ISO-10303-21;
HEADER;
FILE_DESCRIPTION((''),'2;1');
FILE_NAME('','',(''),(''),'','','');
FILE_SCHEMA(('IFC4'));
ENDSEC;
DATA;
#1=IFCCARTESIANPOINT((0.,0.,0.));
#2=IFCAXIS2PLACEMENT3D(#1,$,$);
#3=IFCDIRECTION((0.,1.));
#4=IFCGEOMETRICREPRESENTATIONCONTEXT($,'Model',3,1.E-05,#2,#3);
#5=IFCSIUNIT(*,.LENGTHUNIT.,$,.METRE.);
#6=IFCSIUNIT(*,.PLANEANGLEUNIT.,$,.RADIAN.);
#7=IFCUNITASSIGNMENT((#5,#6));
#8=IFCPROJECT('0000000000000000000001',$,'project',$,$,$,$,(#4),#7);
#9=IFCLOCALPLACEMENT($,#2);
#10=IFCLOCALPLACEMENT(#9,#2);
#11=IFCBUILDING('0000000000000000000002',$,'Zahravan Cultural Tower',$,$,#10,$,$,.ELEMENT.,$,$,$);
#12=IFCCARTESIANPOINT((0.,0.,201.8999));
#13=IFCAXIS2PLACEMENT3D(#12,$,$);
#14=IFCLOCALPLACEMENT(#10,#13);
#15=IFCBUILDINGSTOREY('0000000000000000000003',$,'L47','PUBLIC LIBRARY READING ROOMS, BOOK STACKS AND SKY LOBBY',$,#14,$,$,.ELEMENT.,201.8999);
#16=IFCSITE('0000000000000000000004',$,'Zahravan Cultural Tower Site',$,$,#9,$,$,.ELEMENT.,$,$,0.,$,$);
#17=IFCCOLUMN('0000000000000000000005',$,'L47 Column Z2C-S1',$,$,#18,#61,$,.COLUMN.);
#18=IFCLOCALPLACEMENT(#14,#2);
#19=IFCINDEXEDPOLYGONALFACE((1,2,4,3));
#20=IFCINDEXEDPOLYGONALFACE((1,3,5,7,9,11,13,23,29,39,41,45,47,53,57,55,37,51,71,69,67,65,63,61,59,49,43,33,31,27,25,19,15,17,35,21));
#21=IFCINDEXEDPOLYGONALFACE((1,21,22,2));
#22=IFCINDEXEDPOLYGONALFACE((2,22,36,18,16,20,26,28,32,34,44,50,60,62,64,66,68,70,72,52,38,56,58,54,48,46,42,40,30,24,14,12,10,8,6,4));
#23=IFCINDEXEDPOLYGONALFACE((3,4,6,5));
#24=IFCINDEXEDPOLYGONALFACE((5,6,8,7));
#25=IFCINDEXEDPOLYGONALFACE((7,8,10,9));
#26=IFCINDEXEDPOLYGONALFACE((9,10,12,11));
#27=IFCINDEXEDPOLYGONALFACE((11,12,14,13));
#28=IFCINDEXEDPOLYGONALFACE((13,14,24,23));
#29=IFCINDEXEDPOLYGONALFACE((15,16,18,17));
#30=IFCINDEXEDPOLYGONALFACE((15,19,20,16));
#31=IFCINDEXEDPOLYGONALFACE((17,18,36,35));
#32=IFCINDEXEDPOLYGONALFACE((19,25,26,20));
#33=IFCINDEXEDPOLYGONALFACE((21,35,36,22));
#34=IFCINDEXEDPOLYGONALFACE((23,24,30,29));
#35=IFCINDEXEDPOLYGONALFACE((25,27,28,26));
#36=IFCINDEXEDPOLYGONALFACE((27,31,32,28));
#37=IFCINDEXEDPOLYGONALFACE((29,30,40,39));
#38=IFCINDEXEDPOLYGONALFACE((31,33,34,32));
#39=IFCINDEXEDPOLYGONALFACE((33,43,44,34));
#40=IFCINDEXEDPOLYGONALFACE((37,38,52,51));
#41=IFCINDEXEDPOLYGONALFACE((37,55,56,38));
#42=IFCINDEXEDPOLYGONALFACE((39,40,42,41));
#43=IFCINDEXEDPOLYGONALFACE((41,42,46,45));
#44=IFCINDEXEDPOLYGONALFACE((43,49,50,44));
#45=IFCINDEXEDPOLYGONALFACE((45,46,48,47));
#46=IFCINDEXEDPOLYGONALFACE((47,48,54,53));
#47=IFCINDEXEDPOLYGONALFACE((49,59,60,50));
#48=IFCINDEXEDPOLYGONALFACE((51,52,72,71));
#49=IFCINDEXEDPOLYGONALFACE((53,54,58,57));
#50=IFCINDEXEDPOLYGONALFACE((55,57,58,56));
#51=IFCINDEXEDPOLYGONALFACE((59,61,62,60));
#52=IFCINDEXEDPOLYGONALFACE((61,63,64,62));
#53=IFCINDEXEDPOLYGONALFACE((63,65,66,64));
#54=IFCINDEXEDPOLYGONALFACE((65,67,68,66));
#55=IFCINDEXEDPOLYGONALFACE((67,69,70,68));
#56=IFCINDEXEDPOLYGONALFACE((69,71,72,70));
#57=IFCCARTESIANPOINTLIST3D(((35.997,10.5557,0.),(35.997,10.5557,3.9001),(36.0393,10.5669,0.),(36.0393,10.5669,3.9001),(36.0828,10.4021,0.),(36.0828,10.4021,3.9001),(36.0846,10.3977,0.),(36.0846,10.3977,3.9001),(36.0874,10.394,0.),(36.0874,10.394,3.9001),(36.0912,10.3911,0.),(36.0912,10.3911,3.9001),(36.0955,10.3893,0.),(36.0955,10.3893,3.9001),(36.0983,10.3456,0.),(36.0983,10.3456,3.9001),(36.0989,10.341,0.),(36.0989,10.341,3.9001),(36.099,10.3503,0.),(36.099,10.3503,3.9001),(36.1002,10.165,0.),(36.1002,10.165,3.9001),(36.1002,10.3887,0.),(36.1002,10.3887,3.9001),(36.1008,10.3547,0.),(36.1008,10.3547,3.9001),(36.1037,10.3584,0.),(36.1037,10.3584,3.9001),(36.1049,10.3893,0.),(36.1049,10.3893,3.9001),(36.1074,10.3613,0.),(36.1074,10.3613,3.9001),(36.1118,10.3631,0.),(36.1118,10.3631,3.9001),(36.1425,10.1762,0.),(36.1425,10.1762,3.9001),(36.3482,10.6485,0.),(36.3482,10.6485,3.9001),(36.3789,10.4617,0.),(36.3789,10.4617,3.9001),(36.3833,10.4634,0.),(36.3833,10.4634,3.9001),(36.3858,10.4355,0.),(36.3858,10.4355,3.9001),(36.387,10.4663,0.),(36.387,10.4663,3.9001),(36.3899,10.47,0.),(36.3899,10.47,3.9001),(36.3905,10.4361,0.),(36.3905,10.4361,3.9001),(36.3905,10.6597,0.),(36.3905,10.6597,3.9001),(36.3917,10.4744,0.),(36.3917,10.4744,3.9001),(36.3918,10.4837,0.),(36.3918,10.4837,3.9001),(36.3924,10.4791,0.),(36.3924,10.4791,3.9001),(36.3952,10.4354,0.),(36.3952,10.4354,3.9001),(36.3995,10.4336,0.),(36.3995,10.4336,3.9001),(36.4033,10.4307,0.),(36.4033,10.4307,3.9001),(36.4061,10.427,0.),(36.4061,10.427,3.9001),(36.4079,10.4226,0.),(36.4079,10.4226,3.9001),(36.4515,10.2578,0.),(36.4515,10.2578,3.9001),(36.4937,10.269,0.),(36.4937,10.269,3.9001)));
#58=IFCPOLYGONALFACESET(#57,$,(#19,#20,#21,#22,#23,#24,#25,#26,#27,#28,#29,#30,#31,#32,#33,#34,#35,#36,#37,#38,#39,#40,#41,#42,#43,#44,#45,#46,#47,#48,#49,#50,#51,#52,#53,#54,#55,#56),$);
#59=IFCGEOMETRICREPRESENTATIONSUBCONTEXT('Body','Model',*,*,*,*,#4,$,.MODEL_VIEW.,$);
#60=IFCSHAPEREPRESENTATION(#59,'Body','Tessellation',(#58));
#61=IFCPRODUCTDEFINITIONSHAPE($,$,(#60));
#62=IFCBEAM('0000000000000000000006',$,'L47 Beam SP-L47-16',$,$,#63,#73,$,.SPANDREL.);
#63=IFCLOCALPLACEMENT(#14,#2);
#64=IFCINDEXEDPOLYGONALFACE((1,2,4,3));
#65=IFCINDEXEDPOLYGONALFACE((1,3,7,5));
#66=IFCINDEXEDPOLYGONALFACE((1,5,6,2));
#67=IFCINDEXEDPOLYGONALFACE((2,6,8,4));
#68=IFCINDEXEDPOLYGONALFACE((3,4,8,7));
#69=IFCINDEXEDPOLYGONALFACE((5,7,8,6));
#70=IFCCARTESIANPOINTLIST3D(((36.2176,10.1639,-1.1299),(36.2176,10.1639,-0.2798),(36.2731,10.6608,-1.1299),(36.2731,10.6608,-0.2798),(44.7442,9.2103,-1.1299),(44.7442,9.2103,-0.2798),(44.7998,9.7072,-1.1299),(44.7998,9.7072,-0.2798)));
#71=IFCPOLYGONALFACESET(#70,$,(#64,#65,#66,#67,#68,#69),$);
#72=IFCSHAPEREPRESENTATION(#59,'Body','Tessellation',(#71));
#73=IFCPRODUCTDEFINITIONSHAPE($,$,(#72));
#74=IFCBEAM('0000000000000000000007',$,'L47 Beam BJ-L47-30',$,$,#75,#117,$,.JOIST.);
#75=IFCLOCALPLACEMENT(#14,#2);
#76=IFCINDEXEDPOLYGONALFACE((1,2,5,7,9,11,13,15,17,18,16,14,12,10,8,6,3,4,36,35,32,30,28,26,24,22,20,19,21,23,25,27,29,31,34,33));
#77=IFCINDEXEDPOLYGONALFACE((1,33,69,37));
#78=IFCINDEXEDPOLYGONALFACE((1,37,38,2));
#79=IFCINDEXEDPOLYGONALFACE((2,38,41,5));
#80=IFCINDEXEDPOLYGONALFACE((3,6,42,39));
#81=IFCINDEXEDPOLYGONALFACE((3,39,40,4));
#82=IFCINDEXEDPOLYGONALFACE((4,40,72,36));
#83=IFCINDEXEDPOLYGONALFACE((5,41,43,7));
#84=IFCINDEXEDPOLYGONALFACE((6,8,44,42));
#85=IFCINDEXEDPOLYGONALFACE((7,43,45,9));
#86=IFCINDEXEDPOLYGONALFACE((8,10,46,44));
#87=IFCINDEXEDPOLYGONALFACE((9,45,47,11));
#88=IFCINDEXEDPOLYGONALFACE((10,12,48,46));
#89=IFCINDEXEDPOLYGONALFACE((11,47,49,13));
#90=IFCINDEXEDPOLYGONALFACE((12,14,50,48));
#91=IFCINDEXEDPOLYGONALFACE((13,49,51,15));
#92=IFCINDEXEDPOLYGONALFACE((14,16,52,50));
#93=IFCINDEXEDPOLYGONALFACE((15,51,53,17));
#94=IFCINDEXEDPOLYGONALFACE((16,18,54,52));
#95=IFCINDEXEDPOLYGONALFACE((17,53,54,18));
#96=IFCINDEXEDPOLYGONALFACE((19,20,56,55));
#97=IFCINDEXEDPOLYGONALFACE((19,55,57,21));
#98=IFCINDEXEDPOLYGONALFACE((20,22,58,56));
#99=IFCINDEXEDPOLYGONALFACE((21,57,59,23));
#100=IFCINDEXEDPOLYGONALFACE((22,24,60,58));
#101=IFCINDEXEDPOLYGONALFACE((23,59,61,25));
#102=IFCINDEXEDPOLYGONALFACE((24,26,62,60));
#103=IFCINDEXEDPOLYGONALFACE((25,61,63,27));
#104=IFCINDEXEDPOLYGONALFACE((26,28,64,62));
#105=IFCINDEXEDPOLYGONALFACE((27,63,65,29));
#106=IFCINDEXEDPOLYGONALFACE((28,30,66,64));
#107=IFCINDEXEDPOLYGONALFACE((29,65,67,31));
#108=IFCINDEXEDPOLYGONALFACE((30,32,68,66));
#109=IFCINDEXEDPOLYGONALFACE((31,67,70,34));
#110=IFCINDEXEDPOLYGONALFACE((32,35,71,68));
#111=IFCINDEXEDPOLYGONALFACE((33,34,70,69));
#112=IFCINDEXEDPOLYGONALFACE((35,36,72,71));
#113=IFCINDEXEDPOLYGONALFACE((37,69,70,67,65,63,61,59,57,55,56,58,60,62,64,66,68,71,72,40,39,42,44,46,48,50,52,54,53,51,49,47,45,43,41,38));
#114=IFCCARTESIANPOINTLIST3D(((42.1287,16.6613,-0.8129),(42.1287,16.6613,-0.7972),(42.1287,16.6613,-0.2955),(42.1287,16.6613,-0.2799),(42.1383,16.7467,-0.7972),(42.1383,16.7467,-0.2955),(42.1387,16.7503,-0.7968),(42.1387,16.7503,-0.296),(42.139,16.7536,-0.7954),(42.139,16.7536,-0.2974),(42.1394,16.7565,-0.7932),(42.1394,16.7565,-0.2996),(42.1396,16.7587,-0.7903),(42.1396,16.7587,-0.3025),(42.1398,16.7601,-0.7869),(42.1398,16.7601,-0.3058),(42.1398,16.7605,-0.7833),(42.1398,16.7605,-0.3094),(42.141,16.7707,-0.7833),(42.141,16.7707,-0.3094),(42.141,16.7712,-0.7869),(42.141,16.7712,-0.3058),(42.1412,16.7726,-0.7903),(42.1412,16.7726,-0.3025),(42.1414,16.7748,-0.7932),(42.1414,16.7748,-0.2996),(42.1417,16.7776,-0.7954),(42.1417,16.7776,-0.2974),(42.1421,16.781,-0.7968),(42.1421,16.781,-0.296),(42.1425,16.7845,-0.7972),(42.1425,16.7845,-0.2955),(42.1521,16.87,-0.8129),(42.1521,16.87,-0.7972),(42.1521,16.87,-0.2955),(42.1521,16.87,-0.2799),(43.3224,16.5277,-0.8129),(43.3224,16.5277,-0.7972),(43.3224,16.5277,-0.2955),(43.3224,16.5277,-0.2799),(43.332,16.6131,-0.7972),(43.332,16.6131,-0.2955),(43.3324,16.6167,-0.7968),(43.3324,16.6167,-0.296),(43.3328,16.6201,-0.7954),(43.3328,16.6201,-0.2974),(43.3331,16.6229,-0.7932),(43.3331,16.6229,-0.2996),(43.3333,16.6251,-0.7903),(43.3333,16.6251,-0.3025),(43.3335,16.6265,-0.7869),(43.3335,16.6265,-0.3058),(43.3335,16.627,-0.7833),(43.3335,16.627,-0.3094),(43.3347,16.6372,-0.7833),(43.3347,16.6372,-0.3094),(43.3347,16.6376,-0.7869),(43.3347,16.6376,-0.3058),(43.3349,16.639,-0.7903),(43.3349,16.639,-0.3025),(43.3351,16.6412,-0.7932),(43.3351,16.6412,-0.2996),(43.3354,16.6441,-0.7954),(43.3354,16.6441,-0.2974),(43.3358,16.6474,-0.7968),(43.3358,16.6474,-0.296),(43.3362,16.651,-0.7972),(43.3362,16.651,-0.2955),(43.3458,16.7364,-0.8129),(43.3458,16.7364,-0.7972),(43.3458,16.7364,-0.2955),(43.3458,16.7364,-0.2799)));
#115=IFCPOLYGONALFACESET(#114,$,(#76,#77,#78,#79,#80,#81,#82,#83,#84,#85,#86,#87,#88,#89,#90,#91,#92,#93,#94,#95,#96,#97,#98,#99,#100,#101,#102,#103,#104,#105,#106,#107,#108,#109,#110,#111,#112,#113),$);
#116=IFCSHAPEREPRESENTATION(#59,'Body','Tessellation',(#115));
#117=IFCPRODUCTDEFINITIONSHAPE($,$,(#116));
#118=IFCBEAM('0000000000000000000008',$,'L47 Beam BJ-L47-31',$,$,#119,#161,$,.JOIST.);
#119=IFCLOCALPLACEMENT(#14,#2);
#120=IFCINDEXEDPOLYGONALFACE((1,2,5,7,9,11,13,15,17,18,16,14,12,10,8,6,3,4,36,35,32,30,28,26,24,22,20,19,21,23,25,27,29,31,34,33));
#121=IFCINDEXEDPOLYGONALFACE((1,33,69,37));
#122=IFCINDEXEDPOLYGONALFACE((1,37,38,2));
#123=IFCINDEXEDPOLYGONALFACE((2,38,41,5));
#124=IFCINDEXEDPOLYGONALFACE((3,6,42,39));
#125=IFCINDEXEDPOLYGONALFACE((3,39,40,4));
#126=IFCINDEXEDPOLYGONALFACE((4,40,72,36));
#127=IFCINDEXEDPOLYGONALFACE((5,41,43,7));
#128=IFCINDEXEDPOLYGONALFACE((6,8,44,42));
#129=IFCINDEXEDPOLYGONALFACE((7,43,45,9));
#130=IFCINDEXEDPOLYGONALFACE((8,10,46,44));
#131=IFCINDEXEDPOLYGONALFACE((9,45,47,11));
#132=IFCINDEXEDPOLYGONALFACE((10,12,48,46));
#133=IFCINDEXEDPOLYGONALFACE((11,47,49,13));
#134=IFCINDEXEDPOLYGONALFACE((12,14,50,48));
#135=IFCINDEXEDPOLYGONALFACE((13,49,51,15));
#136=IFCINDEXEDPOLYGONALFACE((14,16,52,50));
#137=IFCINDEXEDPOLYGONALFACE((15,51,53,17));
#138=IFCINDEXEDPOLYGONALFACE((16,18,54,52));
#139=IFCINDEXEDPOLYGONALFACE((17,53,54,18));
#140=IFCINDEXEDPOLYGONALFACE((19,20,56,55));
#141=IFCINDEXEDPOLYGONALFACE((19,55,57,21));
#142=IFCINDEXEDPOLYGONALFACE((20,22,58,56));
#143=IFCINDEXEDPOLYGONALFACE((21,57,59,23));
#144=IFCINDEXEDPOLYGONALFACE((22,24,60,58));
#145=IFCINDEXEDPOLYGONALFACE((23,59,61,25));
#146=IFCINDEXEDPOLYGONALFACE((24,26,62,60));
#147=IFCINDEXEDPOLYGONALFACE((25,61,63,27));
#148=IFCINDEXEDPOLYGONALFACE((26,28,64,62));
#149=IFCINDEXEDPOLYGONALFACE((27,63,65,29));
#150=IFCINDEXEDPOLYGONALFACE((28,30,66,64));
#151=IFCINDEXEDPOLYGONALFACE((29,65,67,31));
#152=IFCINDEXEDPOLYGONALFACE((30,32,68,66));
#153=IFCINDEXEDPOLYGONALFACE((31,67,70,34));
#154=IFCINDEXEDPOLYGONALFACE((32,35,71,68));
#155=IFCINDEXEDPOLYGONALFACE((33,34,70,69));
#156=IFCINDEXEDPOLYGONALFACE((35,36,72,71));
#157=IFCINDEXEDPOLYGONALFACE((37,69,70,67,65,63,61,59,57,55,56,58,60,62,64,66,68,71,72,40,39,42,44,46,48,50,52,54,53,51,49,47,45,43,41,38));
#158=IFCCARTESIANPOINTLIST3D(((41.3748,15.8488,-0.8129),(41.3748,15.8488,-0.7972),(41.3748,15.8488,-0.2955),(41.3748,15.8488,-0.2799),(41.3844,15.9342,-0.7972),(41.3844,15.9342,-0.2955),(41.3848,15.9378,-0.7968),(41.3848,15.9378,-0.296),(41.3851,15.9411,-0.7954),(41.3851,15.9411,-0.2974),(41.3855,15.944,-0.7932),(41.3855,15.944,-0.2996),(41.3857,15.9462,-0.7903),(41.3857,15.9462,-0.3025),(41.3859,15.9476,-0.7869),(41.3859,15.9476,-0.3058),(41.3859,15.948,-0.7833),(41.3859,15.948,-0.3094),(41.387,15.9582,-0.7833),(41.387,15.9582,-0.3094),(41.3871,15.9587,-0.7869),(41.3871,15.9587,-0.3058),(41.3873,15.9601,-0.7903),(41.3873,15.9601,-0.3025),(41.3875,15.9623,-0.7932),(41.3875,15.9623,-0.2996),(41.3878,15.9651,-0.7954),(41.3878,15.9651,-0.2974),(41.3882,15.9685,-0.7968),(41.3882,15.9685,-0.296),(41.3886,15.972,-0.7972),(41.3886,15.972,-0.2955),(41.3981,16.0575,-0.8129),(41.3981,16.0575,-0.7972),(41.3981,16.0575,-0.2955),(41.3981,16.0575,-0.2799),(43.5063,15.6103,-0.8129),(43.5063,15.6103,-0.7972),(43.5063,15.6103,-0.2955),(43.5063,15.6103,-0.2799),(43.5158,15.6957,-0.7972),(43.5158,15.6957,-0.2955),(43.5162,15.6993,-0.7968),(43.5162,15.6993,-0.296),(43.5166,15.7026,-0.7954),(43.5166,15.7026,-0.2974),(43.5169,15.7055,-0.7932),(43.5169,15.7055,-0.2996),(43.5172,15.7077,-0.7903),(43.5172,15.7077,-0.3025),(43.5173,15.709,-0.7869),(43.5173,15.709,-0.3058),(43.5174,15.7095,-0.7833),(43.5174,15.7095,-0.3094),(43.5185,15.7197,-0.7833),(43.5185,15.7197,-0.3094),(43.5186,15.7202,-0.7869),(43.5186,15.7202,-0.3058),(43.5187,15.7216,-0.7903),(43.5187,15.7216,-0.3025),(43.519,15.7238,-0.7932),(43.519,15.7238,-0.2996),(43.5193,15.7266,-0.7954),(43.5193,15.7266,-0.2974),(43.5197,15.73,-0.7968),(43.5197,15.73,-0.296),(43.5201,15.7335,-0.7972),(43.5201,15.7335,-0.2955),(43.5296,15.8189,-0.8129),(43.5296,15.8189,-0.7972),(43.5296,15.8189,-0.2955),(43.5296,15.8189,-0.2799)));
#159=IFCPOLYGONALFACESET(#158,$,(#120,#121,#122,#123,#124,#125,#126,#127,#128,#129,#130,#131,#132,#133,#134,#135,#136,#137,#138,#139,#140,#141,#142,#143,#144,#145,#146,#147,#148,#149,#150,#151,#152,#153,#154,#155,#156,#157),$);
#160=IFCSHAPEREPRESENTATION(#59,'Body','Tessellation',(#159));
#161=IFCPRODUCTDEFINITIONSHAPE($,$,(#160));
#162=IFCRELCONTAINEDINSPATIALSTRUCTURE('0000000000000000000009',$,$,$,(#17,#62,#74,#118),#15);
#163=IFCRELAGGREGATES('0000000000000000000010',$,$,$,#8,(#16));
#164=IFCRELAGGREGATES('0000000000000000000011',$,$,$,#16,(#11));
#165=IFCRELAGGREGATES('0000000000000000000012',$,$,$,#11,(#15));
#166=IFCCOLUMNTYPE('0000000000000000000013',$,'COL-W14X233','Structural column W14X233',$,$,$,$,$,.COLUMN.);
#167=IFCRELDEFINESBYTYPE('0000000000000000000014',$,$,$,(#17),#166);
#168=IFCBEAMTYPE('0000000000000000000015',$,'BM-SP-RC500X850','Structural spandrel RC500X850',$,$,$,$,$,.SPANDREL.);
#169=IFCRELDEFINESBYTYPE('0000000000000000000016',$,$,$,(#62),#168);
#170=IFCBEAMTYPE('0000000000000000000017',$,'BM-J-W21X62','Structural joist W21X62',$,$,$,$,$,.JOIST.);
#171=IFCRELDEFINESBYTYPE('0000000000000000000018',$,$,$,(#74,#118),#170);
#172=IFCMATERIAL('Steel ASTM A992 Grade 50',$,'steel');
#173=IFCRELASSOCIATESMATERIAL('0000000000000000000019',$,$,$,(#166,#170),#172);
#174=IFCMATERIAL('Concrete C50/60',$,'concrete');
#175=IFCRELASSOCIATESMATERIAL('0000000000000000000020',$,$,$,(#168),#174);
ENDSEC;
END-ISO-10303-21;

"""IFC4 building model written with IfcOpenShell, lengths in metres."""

from ifc_helpers import new_model, si_unit, direction, frame, origin, origin_2d, place, context, subcontext, project, spatial, rectangle, i_section, extrude, source, transform, mapped, material, material_profile, profile_set, type_object, element, save


model = new_model("IFC4")

# Units and contexts
model_context = context("Model", 3, precision=1e-05, world=origin(), true_north=direction((0.0, 1.0)))
body_context = subcontext(model_context, "Body", "Model", "MODEL_VIEW")
ifc_project = project(units=[si_unit("LENGTHUNIT", "METRE"), si_unit("PLANEANGLEUNIT", "RADIAN")], contexts=[model_context])

# Site, building, storey
site_placement = place(None, origin())
site = spatial("IfcSite", under=ifc_project, at=site_placement, Name="Zahravan Cultural Tower Site", CompositionType="ELEMENT", RefElevation=0.0)
building_placement = place(site_placement, origin())
building = spatial("IfcBuilding", under=site, at=building_placement, Name="Zahravan Cultural Tower", CompositionType="ELEMENT")
storey_placement = place(building_placement, frame((0.0, 0.0, 201.8999)))
storey = spatial("IfcBuildingStorey", under=building, at=storey_placement, Name="L47", Description="PUBLIC LIBRARY READING ROOMS, BOOK STACKS AND SKY LOBBY", CompositionType="ELEMENT", Elevation=201.8999)

# Column
ifc_material_1 = material(Name="Steel ASTM A992 Grade 50", Category="steel")
ifc_material_profile_1 = material_profile(ifc_material_1, i_section(OverallWidth=0.4041, OverallDepth=0.407, WebThickness=0.0271, FlangeThickness=0.0437, FilletRadius=0.0181, at=origin_2d()), Name="W14X233")
ifc_profile_set_1 = profile_set([ifc_material_profile_1], Name="Steel ASTM A992 Grade 50")
column_type = type_object("IfcColumnType", Name="COL-W14X233", Description="Structural column W14X233", PredefinedType="COLUMN", material=ifc_profile_set_1)
shared_shape_1 = source(origin(), body_context, "Body", "SweptSolid", [
    extrude(i_section(OverallWidth=0.4041, OverallDepth=0.407, WebThickness=0.0271, FlangeThickness=0.0437, FilletRadius=0.0181, at=origin_2d()), origin(), (0.0, 0.0, 1.0), 3.9001),
])
column_placement = place(storey_placement, frame((36.2454, 10.4124, 0.0), z_axis=(0.0, 0.0, 1.0), x_axis=(-0.255446, 0.966823, 0.0)))
element("IfcColumn", 1, at=column_placement, inside=storey, type_object=column_type, Name="L47 Column Z2C-S1", PredefinedType="COLUMN", context=body_context, shape_type="MappedRepresentation", body=[
    mapped(shared_shape_1, transform((0.0, 0.0, 0.0), x_axis=(1.0, 0.0, 0.0), y_axis=(0.0, 1.0, 0.0), z_axis=(0.0, 0.0, 1.0), scale=1.0)),
])

# Beams
ifc_material_2 = material(Name="Concrete C50/60", Category="concrete")
ifc_material_profile_2 = material_profile(ifc_material_2, rectangle(XDim=0.5, YDim=0.8501, at=origin_2d()), Name="RC500X850")
ifc_profile_set_2 = profile_set([ifc_material_profile_2], Name="Concrete C50/60")
beam_type_1 = type_object("IfcBeamType", Name="BM-SP-RC500X850", Description="Structural spandrel RC500X850", PredefinedType="SPANDREL", material=ifc_profile_set_2)
shared_shape_2 = source(origin(), body_context, "Body", "SweptSolid", [
    extrude(rectangle(XDim=0.5, YDim=0.8501, at=origin_2d()), origin(), (0.0, 0.0, 1.0), 8.5798),
])
beam_1_placement = place(storey_placement, frame((36.2454, 10.4124, -0.7048), z_axis=(0.993804, -0.111147, 0.0), x_axis=(0.111147, 0.993804, 0.0)))
element("IfcBeam", 2, at=beam_1_placement, inside=storey, type_object=beam_type_1, Name="L47 Beam SP-L47-16", PredefinedType="SPANDREL", context=body_context, shape_type="MappedRepresentation", body=[
    mapped(shared_shape_2, transform((0.0, 0.0, 0.0), x_axis=(1.0, 0.0, 0.0), y_axis=(0.0, 1.0, 0.0), z_axis=(0.0, 0.0, 1.0), scale=1.0)),
])
ifc_material_profile_3 = material_profile(ifc_material_1, i_section(OverallWidth=0.21, OverallDepth=0.533, WebThickness=0.0103, FlangeThickness=0.0156, FilletRadius=0.0139, at=origin_2d()), Name="W21X62")
ifc_profile_set_3 = profile_set([ifc_material_profile_3], Name="Steel ASTM A992 Grade 50")
beam_type_2 = type_object("IfcBeamType", Name="BM-J-W21X62", Description="Structural joist W21X62", PredefinedType="JOIST", material=ifc_profile_set_3)
shared_shape_3 = source(origin(), body_context, "Body", "SweptSolid", [
    extrude(i_section(OverallWidth=0.21, OverallDepth=0.533, WebThickness=0.0103, FlangeThickness=0.0156, FilletRadius=0.0139, at=origin_2d()), origin(), (0.0, 0.0, 1.0), 1.2012),
])
beam_2_placement = place(storey_placement, frame((42.1404, 16.7656, -0.5464), z_axis=(0.993799, -0.11119, 0.0), x_axis=(0.11119, 0.993799, 0.0)))
element("IfcBeam", 3, at=beam_2_placement, inside=storey, type_object=beam_type_2, Name="L47 Beam BJ-L47-30", PredefinedType="JOIST", context=body_context, shape_type="MappedRepresentation", body=[
    mapped(shared_shape_3, transform((0.0, 0.0, 0.0), x_axis=(1.0, 0.0, 0.0), y_axis=(0.0, 1.0, 0.0), z_axis=(0.0, 0.0, 1.0), scale=1.0)),
])
shared_shape_4 = source(origin(), body_context, "Body", "SweptSolid", [
    extrude(i_section(OverallWidth=0.21, OverallDepth=0.533, WebThickness=0.0103, FlangeThickness=0.0156, FilletRadius=0.0139, at=origin_2d()), origin(), (0.0, 0.0, 1.0), 2.1448),
])
beam_3_placement = place(storey_placement, frame((41.3865, 15.9531, -0.5464), z_axis=(0.993797, -0.111206, 0.0), x_axis=(0.111206, 0.993797, 0.0)))
element("IfcBeam", 4, at=beam_3_placement, inside=storey, type_object=beam_type_2, Name="L47 Beam BJ-L47-31", PredefinedType="JOIST", context=body_context, shape_type="MappedRepresentation", body=[
    mapped(shared_shape_4, transform((0.0, 0.0, 0.0), x_axis=(1.0, 0.0, 0.0), y_axis=(0.0, 1.0, 0.0), z_axis=(0.0, 0.0, 1.0), scale=1.0)),
])

save(model, "model.ifc")
